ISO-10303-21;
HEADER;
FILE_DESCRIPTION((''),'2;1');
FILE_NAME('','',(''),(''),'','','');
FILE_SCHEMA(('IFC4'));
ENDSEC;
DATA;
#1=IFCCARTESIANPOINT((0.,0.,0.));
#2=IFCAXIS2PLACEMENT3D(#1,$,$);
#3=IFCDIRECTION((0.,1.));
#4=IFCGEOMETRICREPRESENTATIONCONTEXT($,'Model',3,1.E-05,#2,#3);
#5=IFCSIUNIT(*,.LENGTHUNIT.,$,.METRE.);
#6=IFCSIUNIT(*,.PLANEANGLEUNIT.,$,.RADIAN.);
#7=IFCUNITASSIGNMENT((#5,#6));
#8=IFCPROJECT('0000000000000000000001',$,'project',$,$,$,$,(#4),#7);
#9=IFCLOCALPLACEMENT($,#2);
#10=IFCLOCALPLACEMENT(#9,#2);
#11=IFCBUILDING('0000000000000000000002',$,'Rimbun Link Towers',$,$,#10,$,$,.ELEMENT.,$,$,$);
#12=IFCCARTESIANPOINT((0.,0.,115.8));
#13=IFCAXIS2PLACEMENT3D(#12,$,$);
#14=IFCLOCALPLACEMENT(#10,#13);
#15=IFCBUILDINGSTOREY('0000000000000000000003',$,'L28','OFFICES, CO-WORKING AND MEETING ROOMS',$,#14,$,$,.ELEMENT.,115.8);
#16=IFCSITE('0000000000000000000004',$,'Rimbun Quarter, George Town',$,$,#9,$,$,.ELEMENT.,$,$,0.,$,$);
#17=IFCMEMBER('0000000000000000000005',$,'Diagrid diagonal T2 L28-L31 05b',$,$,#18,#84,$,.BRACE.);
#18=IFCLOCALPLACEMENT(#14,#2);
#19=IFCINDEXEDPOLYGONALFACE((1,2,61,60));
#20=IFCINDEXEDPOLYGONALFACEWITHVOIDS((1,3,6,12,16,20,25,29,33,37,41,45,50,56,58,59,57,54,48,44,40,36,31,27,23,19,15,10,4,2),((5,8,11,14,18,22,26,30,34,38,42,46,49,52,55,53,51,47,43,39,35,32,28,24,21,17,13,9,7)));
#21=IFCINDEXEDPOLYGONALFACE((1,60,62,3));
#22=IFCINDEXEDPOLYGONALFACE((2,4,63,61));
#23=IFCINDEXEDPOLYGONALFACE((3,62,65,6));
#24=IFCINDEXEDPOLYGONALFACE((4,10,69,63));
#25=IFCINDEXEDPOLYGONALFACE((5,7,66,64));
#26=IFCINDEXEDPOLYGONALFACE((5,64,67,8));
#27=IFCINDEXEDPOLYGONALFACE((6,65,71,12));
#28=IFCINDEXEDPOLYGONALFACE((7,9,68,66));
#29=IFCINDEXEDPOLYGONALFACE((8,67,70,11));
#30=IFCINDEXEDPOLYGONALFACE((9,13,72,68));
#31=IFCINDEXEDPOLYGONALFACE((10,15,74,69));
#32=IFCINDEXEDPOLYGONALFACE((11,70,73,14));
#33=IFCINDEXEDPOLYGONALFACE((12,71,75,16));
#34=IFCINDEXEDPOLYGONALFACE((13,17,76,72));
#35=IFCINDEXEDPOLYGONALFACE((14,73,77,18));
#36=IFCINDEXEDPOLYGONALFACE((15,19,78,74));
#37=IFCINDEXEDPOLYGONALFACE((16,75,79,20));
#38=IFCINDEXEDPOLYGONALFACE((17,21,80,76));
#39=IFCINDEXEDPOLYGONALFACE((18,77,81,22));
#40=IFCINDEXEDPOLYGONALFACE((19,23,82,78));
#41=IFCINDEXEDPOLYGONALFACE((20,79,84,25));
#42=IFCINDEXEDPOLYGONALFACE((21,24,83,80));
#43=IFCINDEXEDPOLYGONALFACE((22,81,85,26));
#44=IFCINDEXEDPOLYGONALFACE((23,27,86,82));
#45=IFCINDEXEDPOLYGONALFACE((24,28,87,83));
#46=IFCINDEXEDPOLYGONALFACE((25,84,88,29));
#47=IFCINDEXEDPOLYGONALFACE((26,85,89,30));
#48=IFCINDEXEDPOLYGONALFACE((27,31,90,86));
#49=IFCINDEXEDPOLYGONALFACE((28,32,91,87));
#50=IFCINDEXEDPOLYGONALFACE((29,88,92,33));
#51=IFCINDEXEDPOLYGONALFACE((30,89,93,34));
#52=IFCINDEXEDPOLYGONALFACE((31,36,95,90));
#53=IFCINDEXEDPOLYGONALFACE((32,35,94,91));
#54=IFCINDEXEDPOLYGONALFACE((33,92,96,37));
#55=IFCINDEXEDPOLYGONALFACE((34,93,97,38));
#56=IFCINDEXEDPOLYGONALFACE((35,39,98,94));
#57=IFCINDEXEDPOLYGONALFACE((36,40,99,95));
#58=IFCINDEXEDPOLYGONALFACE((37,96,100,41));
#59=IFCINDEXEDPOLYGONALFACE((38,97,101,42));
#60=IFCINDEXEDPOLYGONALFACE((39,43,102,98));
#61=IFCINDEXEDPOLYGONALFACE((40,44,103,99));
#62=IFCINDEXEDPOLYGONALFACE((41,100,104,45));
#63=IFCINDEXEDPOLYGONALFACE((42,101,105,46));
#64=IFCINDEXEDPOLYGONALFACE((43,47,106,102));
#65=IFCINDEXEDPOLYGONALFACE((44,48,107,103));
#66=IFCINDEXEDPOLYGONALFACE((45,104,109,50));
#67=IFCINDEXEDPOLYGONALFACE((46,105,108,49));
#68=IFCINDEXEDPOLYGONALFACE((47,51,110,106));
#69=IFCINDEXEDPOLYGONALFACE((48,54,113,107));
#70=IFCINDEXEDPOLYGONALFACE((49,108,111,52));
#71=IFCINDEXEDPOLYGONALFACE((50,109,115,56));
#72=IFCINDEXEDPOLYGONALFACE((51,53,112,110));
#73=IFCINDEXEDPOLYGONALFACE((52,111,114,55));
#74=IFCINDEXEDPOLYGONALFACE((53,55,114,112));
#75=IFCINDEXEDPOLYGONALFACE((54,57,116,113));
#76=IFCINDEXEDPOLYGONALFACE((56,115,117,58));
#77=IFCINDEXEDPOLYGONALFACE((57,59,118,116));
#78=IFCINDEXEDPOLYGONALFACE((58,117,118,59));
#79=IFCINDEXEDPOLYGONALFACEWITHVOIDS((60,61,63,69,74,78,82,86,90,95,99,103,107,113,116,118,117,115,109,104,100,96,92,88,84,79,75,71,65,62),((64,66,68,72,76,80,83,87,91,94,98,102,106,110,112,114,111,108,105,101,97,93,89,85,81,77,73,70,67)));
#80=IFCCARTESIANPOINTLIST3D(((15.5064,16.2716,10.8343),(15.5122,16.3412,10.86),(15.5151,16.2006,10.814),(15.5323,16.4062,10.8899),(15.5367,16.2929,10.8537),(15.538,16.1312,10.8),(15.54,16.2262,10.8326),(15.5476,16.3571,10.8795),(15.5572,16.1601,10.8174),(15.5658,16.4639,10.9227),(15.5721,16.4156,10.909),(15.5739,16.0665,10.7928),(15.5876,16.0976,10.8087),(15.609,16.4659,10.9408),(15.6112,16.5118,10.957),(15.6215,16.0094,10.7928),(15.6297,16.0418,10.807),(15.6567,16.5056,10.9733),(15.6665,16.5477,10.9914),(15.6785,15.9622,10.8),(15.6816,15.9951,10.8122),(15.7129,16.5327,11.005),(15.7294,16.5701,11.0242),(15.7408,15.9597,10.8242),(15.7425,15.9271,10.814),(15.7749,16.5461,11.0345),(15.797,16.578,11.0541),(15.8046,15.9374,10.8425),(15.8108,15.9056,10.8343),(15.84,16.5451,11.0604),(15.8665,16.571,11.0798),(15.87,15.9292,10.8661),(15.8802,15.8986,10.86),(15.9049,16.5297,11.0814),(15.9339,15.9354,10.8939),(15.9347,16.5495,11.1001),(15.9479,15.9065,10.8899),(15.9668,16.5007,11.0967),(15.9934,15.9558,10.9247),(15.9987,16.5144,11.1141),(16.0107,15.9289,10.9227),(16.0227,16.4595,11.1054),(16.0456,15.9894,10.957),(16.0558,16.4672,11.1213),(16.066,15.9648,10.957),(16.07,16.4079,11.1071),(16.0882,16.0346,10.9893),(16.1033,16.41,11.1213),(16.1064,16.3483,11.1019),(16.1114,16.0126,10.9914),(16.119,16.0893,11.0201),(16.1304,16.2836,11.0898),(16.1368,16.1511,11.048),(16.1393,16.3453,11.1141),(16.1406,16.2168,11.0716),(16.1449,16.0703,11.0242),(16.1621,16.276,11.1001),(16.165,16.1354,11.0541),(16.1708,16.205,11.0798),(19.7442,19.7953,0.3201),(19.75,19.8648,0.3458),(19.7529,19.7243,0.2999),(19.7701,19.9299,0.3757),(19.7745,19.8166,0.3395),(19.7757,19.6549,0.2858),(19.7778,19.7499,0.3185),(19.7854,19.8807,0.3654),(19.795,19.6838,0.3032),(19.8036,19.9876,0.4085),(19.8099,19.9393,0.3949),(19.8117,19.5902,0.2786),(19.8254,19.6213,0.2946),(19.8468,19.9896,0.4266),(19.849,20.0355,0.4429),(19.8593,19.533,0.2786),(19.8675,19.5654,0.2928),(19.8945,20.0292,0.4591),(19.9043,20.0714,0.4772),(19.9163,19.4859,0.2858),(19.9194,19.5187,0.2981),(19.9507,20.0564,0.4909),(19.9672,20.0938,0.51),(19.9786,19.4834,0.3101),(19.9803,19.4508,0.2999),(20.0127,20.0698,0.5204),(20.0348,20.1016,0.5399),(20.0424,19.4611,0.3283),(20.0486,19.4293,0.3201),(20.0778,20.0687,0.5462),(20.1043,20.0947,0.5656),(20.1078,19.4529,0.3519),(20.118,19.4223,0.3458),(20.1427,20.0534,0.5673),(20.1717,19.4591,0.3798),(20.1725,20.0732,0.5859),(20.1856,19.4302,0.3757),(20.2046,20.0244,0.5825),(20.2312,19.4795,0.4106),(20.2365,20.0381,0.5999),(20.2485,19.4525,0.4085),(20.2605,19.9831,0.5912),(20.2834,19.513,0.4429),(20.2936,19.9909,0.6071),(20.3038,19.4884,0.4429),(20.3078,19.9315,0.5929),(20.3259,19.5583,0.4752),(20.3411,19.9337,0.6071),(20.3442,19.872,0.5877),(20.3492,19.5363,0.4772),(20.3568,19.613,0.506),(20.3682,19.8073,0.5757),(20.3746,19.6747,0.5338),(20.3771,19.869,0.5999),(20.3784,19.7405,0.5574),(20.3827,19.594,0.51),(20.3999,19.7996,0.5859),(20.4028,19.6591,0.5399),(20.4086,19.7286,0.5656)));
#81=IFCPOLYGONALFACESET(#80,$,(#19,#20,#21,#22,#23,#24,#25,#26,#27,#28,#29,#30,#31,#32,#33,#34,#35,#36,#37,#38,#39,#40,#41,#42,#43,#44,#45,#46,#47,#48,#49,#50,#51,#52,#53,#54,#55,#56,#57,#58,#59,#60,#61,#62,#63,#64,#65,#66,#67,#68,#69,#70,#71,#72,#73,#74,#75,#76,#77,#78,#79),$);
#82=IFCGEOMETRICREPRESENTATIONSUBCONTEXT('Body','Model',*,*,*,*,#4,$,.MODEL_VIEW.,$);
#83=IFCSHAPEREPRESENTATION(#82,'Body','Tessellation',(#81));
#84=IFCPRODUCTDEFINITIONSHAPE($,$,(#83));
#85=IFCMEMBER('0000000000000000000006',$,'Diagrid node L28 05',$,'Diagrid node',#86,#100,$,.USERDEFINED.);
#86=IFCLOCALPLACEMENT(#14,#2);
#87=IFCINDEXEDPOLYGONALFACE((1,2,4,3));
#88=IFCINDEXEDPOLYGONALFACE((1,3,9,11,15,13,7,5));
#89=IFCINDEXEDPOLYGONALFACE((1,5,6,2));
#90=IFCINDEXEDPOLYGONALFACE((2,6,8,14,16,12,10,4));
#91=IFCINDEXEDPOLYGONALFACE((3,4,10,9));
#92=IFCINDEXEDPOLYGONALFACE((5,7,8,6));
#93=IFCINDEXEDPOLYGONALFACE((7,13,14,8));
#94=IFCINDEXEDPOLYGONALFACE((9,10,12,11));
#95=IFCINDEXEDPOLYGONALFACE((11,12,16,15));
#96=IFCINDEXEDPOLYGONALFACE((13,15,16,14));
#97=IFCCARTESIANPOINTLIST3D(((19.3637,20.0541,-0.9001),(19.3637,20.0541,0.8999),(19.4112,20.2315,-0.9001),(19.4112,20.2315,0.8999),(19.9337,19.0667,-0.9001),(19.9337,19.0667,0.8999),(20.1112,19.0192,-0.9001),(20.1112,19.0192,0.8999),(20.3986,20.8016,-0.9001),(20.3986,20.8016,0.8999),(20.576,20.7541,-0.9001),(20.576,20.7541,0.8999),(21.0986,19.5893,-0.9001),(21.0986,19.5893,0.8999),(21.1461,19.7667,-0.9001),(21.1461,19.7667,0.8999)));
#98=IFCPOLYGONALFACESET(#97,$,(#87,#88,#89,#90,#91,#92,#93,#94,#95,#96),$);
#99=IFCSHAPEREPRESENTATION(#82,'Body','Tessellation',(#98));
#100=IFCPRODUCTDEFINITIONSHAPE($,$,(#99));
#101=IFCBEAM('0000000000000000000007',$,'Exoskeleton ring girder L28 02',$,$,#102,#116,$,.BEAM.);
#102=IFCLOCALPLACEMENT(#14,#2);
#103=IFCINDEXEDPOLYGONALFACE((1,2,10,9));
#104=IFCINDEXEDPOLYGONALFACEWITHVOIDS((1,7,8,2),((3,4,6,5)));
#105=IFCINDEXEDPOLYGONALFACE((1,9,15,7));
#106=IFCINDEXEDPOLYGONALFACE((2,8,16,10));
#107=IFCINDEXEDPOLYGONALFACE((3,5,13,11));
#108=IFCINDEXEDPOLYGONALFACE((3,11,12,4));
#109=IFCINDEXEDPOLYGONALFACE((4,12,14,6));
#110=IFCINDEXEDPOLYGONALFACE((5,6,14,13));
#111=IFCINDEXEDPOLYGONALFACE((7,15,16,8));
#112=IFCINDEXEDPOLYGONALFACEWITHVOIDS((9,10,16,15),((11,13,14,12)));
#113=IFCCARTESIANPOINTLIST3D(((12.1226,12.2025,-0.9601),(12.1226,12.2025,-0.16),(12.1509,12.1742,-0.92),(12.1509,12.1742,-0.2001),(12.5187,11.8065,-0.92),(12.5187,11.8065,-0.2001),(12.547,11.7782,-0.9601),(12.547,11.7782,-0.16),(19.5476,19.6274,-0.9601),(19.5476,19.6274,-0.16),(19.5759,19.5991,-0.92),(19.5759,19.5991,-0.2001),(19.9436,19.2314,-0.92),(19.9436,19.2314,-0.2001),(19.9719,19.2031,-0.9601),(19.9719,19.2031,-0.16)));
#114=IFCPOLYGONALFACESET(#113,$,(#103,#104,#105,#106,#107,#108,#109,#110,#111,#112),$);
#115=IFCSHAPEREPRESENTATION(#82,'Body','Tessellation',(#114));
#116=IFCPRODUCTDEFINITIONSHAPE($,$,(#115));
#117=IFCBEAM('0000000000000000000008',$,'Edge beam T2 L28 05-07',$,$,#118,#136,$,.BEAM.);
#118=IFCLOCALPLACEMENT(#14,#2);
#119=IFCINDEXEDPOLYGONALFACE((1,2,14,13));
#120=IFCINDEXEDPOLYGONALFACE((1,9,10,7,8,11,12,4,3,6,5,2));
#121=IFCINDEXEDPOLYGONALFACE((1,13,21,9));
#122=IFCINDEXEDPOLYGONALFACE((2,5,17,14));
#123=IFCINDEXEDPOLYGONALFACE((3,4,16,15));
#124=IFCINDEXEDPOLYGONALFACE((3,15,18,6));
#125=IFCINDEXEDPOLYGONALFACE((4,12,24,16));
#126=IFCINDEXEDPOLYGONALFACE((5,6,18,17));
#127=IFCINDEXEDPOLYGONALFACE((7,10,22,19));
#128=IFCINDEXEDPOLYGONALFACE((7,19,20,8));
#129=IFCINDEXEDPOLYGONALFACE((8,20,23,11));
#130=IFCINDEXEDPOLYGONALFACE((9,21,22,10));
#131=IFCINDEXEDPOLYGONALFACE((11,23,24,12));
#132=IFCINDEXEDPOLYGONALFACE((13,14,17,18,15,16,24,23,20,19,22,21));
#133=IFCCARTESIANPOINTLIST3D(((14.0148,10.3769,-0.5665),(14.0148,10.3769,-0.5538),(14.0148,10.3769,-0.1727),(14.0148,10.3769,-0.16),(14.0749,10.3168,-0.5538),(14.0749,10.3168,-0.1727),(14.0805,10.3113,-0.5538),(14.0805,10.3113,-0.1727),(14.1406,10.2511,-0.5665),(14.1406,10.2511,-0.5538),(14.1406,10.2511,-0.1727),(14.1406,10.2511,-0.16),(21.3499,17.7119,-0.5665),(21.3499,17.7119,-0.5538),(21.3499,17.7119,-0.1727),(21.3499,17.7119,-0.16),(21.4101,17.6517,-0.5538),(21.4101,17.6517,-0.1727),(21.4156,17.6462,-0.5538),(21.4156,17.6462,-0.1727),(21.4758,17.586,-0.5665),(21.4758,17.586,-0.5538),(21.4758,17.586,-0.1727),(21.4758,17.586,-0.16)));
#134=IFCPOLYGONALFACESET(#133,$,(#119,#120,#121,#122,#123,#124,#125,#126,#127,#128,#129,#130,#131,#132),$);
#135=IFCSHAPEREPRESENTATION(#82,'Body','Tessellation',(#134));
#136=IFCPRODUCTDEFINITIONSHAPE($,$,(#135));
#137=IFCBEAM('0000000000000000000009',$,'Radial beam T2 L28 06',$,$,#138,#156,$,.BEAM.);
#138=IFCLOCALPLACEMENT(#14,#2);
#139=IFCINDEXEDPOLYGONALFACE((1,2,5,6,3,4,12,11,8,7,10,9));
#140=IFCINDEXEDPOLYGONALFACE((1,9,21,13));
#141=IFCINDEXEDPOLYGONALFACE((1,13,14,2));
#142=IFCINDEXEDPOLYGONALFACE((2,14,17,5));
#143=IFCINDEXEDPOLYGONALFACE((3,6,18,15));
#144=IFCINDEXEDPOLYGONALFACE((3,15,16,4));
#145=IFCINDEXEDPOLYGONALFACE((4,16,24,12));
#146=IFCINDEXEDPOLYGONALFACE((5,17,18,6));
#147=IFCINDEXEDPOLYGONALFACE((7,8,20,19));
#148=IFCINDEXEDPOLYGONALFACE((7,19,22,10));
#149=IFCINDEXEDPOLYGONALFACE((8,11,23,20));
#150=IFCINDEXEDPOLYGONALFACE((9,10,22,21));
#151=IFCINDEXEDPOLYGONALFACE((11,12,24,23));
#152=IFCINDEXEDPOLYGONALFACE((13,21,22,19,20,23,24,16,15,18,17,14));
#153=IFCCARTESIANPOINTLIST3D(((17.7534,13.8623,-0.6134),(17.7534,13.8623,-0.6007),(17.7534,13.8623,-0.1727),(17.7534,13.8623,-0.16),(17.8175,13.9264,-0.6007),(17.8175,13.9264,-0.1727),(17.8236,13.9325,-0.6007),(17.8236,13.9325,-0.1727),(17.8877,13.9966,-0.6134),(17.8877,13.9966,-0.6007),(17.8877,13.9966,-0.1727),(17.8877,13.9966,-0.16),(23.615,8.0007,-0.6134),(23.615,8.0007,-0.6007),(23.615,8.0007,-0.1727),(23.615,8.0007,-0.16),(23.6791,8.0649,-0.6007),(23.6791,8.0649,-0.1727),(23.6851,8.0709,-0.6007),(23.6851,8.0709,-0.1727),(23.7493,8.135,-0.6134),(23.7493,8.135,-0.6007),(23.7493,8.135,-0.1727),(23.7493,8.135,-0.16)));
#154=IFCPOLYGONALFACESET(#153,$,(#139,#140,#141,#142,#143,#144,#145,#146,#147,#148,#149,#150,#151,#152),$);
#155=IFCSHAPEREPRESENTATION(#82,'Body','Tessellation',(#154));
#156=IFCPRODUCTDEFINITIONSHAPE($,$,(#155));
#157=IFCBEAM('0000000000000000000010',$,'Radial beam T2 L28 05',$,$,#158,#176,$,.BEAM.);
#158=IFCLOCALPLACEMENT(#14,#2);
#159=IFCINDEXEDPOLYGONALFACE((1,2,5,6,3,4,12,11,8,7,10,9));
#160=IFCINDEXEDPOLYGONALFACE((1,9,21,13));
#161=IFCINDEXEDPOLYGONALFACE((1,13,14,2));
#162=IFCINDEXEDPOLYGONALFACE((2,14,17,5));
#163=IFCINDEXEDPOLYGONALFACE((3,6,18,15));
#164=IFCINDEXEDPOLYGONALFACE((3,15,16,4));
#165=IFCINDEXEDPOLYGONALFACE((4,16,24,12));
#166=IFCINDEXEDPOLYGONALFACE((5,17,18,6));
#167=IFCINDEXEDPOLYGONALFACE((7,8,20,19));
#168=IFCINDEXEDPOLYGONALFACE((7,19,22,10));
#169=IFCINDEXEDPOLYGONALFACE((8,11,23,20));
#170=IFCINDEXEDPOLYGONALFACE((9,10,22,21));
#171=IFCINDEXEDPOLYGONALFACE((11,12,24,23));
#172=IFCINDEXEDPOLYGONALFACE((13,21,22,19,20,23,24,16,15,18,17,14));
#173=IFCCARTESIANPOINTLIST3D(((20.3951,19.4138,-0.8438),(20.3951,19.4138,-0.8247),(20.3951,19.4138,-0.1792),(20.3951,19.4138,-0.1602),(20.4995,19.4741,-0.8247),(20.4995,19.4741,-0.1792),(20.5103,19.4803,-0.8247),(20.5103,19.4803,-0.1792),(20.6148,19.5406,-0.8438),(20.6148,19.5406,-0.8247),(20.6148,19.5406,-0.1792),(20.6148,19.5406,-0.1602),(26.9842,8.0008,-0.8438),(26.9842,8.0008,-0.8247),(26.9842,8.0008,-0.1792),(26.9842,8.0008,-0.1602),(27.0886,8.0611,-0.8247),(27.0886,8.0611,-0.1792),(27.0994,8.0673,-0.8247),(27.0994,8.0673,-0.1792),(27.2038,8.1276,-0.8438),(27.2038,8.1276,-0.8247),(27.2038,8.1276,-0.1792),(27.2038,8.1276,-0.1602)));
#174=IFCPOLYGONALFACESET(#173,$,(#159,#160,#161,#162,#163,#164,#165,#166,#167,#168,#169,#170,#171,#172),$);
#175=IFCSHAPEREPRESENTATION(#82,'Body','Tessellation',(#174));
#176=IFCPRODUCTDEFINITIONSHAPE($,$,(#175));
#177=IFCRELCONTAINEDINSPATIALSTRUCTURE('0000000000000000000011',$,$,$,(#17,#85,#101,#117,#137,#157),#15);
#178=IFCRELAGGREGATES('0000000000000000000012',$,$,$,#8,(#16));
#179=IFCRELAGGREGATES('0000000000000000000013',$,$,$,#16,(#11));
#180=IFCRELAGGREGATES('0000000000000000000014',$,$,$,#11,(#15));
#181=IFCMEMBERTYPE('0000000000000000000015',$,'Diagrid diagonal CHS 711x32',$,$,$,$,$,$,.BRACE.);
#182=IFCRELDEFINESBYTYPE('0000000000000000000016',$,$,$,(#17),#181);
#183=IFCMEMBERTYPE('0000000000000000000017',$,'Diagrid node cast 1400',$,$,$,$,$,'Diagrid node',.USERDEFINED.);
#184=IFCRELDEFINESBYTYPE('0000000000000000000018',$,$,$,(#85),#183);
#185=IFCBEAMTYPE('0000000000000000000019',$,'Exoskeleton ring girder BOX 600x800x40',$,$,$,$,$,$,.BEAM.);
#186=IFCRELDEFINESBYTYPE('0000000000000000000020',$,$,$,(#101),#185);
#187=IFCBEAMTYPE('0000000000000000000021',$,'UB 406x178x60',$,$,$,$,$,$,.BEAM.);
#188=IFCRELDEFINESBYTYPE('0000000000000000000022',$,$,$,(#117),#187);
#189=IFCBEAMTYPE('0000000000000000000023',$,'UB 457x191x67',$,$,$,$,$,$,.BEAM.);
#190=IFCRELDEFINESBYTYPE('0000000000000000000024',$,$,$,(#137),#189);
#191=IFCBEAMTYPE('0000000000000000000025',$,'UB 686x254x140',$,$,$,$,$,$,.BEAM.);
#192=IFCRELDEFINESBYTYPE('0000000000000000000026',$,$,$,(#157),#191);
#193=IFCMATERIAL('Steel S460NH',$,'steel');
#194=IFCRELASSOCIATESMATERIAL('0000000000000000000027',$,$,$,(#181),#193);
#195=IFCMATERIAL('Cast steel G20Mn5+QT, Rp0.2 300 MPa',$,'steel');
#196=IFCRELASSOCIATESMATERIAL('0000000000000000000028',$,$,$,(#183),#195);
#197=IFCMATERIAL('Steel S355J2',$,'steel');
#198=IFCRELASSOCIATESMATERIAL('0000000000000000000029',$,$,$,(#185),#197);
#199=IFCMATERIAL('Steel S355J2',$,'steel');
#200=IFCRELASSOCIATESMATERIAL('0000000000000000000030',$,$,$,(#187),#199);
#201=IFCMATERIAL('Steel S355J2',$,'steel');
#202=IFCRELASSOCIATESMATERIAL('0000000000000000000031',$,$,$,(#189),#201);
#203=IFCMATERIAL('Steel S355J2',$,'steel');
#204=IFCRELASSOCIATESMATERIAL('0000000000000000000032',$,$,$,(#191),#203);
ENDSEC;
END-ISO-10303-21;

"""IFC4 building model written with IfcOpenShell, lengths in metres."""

from ifc_helpers import new_model, si_unit, direction, frame, origin, origin_2d, place, context, subcontext, project, spatial, polyline, hollow_rectangle, hollow_circle, i_section, outline, extrude, material, material_profile, profile_set, type_object, element, save


model = new_model("IFC4")

# Units and contexts
model_context = context("Model", 3, precision=1e-05, world=origin(), true_north=direction((0.0, 1.0)))
body_context = subcontext(model_context, "Body", "Model", "MODEL_VIEW")
ifc_project = project(units=[si_unit("LENGTHUNIT", "METRE"), si_unit("PLANEANGLEUNIT", "RADIAN")], contexts=[model_context])

# Site, building, storey
site_placement = place(None, origin())
site = spatial("IfcSite", under=ifc_project, at=site_placement, Name="Rimbun Quarter, George Town", CompositionType="ELEMENT", RefElevation=0.0)
building_placement = place(site_placement, origin())
building = spatial("IfcBuilding", under=site, at=building_placement, Name="Rimbun Link Towers", CompositionType="ELEMENT")
storey_placement = place(building_placement, frame((0.0, 0.0, 115.8)))
storey = spatial("IfcBuildingStorey", under=building, at=storey_placement, Name="L28", Description="OFFICES, CO-WORKING AND MEETING ROOMS", CompositionType="ELEMENT", Elevation=115.8)

# Members
ifc_material_1 = material(Name="Steel S460NH", Category="steel")
ifc_material_profile_1 = material_profile(ifc_material_1, hollow_circle(Radius=0.3557, WallThickness=0.032, at=origin_2d()), Name="Diagrid diagonal CHS 711x32")
ifc_profile_set_1 = profile_set([ifc_material_profile_1], Name="Steel S460NH")
member_type_1 = type_object("IfcMemberType", Name="Diagrid diagonal CHS 711x32", PredefinedType="BRACE", material=ifc_profile_set_1)
member_1_placement = place(storey_placement, frame((20.0764, 19.762, 0.4429), z_axis=(-0.356984, -0.296829, 0.885695), x_axis=(0.639347, -0.768918, 0.0)))
element("IfcMember", 1, at=member_1_placement, inside=storey, type_object=member_type_1, Name="Diagrid diagonal T2 L28-L31 05b", PredefinedType="BRACE", context=body_context, shape_type="SweptSolid", body=[
    extrude(hollow_circle(Radius=0.3557, WallThickness=0.032, at=origin_2d()), origin(), (0.0, 0.0, 1.0), 11.8711),
])
ifc_material_2 = material(Name="Cast steel G20Mn5+QT, Rp0.2 300 MPa", Category="steel")
ifc_material_profile_2 = material_profile(ifc_material_2, outline(polyline([(0.7, -0.5701), (0.7, 0.5701), (0.5701, 0.7), (-0.5701, 0.7), (-0.7, 0.5701), (-0.7, -0.5701), (-0.5701, -0.7), (0.5701, -0.7), (0.7, -0.5701)])), Name="NODE 1400x1400")
ifc_profile_set_2 = profile_set([ifc_material_profile_2], Name="Cast steel G20Mn5+QT, Rp0.2 300 MPa")
member_type_2 = type_object("IfcMemberType", Name="Diagrid node cast 1400", ElementType="Diagrid node", PredefinedType="USERDEFINED", material=ifc_profile_set_2)
member_2_placement = place(storey_placement, frame((20.2549, 19.9104, -0.9001), z_axis=(0.0, 0.0, 1.0), x_axis=(-0.5, 0.866025, 0.0)))
element("IfcMember", 2, at=member_2_placement, inside=storey, type_object=member_type_2, Name="Diagrid node L28 05", ObjectType="Diagrid node", PredefinedType="USERDEFINED", context=body_context, shape_type="SweptSolid", body=[
    extrude(outline(polyline([(0.7, -0.5701), (0.7, 0.5701), (0.5701, 0.7), (-0.5701, 0.7), (-0.7, 0.5701), (-0.7, -0.5701), (-0.5701, -0.7), (0.5701, -0.7), (0.7, -0.5701)])), origin(), (0.0, 0.0, 1.0), 1.8),
])

# Beams
ifc_material_3 = material(Name="Steel S355J2", Category="steel")
ifc_material_profile_3 = material_profile(ifc_material_3, hollow_rectangle(XDim=0.6001, YDim=0.8, WallThickness=0.04, at=origin_2d()), Name="Exoskeleton ring girder BOX 600x800x40")
ifc_profile_set_3 = profile_set([ifc_material_profile_3], Name="Steel S355J2")
beam_type_1 = type_object("IfcBeamType", Name="Exoskeleton ring girder BOX 600x800x40", PredefinedType="BEAM", material=ifc_profile_set_3)
beam_1_placement = place(storey_placement, frame((19.7598, 19.4153, -0.5601), z_axis=(-0.707107, -0.707107, 0.0), x_axis=(0.707107, -0.707107, 0.0)))
element("IfcBeam", 3, at=beam_1_placement, inside=storey, type_object=beam_type_1, Name="Exoskeleton ring girder L28 02", PredefinedType="BEAM", context=body_context, shape_type="SweptSolid", body=[
    extrude(hollow_rectangle(XDim=0.6001, YDim=0.8, WallThickness=0.04, at=origin_2d()), origin(), (0.0, 0.0, 1.0), 10.5005),
])
ifc_material_4 = material(Name="Steel S355J2", Category="steel")
ifc_material_profile_4 = material_profile(ifc_material_4, i_section(OverallWidth=0.178, OverallDepth=0.4065, WebThickness=0.0078, FlangeThickness=0.0127, at=origin_2d()), Name="UB 406x178x60")
ifc_profile_set_4 = profile_set([ifc_material_profile_4], Name="Steel S355J2")
beam_type_2 = type_object("IfcBeamType", Name="UB 406x178x60", PredefinedType="BEAM", material=ifc_profile_set_4)
beam_2_placement = place(storey_placement, frame((21.4128, 17.6489, -0.3633), z_axis=(-0.707119, -0.707095, 0.0), x_axis=(0.707095, -0.707119, 0.0)))
element("IfcBeam", 4, at=beam_2_placement, inside=storey, type_object=beam_type_2, Name="Edge beam T2 L28 05-07", PredefinedType="BEAM", context=body_context, shape_type="SweptSolid", body=[
    extrude(i_section(OverallWidth=0.178, OverallDepth=0.4065, WebThickness=0.0078, FlangeThickness=0.0127, at=origin_2d()), origin(), (0.0, 0.0, 1.0), 10.3733),
])
ifc_material_5 = material(Name="Steel S355J2", Category="steel")
ifc_material_profile_5 = material_profile(ifc_material_5, i_section(OverallWidth=0.1899, OverallDepth=0.4534, WebThickness=0.0085, FlangeThickness=0.0127, at=origin_2d()), Name="UB 457x191x67")
ifc_profile_set_5 = profile_set([ifc_material_profile_5], Name="Steel S355J2")
beam_type_3 = type_object("IfcBeamType", Name="UB 457x191x67", PredefinedType="BEAM", material=ifc_profile_set_5)
beam_3_placement = place(storey_placement, frame((23.6821, 8.0679, -0.3867), z_axis=(-0.707107, 0.707107, 0.0), x_axis=(-0.707107, -0.707107, 0.0)))
element("IfcBeam", 5, at=beam_3_placement, inside=storey, type_object=beam_type_3, Name="Radial beam T2 L28 06", PredefinedType="BEAM", context=body_context, shape_type="SweptSolid", body=[
    extrude(i_section(OverallWidth=0.1899, OverallDepth=0.4534, WebThickness=0.0085, FlangeThickness=0.0127, at=origin_2d()), origin(), (0.0, 0.0, 1.0), 8.2896),
])
ifc_material_6 = material(Name="Steel S355J2", Category="steel")
ifc_material_profile_6 = material_profile(ifc_material_6, i_section(OverallWidth=0.2537, OverallDepth=0.6836, WebThickness=0.0125, FlangeThickness=0.019, at=origin_2d()), Name="UB 686x254x140")
ifc_profile_set_6 = profile_set([ifc_material_profile_6], Name="Steel S355J2")
beam_type_4 = type_object("IfcBeamType", Name="UB 686x254x140", PredefinedType="BEAM", material=ifc_profile_set_6)
beam_4_placement = place(storey_placement, frame((27.094, 8.0642, -0.502), z_axis=(-0.499987, 0.866033, 0.0), x_axis=(-0.866033, -0.499987, 0.0)))
element("IfcBeam", 6, at=beam_4_placement, inside=storey, type_object=beam_type_4, Name="Radial beam T2 L28 05", PredefinedType="BEAM", context=body_context, shape_type="SweptSolid", body=[
    extrude(i_section(OverallWidth=0.2537, OverallDepth=0.6836, WebThickness=0.0125, FlangeThickness=0.019, at=origin_2d()), origin(), (0.0, 0.0, 1.0), 13.1785),
])

save(model, "model.ifc")
